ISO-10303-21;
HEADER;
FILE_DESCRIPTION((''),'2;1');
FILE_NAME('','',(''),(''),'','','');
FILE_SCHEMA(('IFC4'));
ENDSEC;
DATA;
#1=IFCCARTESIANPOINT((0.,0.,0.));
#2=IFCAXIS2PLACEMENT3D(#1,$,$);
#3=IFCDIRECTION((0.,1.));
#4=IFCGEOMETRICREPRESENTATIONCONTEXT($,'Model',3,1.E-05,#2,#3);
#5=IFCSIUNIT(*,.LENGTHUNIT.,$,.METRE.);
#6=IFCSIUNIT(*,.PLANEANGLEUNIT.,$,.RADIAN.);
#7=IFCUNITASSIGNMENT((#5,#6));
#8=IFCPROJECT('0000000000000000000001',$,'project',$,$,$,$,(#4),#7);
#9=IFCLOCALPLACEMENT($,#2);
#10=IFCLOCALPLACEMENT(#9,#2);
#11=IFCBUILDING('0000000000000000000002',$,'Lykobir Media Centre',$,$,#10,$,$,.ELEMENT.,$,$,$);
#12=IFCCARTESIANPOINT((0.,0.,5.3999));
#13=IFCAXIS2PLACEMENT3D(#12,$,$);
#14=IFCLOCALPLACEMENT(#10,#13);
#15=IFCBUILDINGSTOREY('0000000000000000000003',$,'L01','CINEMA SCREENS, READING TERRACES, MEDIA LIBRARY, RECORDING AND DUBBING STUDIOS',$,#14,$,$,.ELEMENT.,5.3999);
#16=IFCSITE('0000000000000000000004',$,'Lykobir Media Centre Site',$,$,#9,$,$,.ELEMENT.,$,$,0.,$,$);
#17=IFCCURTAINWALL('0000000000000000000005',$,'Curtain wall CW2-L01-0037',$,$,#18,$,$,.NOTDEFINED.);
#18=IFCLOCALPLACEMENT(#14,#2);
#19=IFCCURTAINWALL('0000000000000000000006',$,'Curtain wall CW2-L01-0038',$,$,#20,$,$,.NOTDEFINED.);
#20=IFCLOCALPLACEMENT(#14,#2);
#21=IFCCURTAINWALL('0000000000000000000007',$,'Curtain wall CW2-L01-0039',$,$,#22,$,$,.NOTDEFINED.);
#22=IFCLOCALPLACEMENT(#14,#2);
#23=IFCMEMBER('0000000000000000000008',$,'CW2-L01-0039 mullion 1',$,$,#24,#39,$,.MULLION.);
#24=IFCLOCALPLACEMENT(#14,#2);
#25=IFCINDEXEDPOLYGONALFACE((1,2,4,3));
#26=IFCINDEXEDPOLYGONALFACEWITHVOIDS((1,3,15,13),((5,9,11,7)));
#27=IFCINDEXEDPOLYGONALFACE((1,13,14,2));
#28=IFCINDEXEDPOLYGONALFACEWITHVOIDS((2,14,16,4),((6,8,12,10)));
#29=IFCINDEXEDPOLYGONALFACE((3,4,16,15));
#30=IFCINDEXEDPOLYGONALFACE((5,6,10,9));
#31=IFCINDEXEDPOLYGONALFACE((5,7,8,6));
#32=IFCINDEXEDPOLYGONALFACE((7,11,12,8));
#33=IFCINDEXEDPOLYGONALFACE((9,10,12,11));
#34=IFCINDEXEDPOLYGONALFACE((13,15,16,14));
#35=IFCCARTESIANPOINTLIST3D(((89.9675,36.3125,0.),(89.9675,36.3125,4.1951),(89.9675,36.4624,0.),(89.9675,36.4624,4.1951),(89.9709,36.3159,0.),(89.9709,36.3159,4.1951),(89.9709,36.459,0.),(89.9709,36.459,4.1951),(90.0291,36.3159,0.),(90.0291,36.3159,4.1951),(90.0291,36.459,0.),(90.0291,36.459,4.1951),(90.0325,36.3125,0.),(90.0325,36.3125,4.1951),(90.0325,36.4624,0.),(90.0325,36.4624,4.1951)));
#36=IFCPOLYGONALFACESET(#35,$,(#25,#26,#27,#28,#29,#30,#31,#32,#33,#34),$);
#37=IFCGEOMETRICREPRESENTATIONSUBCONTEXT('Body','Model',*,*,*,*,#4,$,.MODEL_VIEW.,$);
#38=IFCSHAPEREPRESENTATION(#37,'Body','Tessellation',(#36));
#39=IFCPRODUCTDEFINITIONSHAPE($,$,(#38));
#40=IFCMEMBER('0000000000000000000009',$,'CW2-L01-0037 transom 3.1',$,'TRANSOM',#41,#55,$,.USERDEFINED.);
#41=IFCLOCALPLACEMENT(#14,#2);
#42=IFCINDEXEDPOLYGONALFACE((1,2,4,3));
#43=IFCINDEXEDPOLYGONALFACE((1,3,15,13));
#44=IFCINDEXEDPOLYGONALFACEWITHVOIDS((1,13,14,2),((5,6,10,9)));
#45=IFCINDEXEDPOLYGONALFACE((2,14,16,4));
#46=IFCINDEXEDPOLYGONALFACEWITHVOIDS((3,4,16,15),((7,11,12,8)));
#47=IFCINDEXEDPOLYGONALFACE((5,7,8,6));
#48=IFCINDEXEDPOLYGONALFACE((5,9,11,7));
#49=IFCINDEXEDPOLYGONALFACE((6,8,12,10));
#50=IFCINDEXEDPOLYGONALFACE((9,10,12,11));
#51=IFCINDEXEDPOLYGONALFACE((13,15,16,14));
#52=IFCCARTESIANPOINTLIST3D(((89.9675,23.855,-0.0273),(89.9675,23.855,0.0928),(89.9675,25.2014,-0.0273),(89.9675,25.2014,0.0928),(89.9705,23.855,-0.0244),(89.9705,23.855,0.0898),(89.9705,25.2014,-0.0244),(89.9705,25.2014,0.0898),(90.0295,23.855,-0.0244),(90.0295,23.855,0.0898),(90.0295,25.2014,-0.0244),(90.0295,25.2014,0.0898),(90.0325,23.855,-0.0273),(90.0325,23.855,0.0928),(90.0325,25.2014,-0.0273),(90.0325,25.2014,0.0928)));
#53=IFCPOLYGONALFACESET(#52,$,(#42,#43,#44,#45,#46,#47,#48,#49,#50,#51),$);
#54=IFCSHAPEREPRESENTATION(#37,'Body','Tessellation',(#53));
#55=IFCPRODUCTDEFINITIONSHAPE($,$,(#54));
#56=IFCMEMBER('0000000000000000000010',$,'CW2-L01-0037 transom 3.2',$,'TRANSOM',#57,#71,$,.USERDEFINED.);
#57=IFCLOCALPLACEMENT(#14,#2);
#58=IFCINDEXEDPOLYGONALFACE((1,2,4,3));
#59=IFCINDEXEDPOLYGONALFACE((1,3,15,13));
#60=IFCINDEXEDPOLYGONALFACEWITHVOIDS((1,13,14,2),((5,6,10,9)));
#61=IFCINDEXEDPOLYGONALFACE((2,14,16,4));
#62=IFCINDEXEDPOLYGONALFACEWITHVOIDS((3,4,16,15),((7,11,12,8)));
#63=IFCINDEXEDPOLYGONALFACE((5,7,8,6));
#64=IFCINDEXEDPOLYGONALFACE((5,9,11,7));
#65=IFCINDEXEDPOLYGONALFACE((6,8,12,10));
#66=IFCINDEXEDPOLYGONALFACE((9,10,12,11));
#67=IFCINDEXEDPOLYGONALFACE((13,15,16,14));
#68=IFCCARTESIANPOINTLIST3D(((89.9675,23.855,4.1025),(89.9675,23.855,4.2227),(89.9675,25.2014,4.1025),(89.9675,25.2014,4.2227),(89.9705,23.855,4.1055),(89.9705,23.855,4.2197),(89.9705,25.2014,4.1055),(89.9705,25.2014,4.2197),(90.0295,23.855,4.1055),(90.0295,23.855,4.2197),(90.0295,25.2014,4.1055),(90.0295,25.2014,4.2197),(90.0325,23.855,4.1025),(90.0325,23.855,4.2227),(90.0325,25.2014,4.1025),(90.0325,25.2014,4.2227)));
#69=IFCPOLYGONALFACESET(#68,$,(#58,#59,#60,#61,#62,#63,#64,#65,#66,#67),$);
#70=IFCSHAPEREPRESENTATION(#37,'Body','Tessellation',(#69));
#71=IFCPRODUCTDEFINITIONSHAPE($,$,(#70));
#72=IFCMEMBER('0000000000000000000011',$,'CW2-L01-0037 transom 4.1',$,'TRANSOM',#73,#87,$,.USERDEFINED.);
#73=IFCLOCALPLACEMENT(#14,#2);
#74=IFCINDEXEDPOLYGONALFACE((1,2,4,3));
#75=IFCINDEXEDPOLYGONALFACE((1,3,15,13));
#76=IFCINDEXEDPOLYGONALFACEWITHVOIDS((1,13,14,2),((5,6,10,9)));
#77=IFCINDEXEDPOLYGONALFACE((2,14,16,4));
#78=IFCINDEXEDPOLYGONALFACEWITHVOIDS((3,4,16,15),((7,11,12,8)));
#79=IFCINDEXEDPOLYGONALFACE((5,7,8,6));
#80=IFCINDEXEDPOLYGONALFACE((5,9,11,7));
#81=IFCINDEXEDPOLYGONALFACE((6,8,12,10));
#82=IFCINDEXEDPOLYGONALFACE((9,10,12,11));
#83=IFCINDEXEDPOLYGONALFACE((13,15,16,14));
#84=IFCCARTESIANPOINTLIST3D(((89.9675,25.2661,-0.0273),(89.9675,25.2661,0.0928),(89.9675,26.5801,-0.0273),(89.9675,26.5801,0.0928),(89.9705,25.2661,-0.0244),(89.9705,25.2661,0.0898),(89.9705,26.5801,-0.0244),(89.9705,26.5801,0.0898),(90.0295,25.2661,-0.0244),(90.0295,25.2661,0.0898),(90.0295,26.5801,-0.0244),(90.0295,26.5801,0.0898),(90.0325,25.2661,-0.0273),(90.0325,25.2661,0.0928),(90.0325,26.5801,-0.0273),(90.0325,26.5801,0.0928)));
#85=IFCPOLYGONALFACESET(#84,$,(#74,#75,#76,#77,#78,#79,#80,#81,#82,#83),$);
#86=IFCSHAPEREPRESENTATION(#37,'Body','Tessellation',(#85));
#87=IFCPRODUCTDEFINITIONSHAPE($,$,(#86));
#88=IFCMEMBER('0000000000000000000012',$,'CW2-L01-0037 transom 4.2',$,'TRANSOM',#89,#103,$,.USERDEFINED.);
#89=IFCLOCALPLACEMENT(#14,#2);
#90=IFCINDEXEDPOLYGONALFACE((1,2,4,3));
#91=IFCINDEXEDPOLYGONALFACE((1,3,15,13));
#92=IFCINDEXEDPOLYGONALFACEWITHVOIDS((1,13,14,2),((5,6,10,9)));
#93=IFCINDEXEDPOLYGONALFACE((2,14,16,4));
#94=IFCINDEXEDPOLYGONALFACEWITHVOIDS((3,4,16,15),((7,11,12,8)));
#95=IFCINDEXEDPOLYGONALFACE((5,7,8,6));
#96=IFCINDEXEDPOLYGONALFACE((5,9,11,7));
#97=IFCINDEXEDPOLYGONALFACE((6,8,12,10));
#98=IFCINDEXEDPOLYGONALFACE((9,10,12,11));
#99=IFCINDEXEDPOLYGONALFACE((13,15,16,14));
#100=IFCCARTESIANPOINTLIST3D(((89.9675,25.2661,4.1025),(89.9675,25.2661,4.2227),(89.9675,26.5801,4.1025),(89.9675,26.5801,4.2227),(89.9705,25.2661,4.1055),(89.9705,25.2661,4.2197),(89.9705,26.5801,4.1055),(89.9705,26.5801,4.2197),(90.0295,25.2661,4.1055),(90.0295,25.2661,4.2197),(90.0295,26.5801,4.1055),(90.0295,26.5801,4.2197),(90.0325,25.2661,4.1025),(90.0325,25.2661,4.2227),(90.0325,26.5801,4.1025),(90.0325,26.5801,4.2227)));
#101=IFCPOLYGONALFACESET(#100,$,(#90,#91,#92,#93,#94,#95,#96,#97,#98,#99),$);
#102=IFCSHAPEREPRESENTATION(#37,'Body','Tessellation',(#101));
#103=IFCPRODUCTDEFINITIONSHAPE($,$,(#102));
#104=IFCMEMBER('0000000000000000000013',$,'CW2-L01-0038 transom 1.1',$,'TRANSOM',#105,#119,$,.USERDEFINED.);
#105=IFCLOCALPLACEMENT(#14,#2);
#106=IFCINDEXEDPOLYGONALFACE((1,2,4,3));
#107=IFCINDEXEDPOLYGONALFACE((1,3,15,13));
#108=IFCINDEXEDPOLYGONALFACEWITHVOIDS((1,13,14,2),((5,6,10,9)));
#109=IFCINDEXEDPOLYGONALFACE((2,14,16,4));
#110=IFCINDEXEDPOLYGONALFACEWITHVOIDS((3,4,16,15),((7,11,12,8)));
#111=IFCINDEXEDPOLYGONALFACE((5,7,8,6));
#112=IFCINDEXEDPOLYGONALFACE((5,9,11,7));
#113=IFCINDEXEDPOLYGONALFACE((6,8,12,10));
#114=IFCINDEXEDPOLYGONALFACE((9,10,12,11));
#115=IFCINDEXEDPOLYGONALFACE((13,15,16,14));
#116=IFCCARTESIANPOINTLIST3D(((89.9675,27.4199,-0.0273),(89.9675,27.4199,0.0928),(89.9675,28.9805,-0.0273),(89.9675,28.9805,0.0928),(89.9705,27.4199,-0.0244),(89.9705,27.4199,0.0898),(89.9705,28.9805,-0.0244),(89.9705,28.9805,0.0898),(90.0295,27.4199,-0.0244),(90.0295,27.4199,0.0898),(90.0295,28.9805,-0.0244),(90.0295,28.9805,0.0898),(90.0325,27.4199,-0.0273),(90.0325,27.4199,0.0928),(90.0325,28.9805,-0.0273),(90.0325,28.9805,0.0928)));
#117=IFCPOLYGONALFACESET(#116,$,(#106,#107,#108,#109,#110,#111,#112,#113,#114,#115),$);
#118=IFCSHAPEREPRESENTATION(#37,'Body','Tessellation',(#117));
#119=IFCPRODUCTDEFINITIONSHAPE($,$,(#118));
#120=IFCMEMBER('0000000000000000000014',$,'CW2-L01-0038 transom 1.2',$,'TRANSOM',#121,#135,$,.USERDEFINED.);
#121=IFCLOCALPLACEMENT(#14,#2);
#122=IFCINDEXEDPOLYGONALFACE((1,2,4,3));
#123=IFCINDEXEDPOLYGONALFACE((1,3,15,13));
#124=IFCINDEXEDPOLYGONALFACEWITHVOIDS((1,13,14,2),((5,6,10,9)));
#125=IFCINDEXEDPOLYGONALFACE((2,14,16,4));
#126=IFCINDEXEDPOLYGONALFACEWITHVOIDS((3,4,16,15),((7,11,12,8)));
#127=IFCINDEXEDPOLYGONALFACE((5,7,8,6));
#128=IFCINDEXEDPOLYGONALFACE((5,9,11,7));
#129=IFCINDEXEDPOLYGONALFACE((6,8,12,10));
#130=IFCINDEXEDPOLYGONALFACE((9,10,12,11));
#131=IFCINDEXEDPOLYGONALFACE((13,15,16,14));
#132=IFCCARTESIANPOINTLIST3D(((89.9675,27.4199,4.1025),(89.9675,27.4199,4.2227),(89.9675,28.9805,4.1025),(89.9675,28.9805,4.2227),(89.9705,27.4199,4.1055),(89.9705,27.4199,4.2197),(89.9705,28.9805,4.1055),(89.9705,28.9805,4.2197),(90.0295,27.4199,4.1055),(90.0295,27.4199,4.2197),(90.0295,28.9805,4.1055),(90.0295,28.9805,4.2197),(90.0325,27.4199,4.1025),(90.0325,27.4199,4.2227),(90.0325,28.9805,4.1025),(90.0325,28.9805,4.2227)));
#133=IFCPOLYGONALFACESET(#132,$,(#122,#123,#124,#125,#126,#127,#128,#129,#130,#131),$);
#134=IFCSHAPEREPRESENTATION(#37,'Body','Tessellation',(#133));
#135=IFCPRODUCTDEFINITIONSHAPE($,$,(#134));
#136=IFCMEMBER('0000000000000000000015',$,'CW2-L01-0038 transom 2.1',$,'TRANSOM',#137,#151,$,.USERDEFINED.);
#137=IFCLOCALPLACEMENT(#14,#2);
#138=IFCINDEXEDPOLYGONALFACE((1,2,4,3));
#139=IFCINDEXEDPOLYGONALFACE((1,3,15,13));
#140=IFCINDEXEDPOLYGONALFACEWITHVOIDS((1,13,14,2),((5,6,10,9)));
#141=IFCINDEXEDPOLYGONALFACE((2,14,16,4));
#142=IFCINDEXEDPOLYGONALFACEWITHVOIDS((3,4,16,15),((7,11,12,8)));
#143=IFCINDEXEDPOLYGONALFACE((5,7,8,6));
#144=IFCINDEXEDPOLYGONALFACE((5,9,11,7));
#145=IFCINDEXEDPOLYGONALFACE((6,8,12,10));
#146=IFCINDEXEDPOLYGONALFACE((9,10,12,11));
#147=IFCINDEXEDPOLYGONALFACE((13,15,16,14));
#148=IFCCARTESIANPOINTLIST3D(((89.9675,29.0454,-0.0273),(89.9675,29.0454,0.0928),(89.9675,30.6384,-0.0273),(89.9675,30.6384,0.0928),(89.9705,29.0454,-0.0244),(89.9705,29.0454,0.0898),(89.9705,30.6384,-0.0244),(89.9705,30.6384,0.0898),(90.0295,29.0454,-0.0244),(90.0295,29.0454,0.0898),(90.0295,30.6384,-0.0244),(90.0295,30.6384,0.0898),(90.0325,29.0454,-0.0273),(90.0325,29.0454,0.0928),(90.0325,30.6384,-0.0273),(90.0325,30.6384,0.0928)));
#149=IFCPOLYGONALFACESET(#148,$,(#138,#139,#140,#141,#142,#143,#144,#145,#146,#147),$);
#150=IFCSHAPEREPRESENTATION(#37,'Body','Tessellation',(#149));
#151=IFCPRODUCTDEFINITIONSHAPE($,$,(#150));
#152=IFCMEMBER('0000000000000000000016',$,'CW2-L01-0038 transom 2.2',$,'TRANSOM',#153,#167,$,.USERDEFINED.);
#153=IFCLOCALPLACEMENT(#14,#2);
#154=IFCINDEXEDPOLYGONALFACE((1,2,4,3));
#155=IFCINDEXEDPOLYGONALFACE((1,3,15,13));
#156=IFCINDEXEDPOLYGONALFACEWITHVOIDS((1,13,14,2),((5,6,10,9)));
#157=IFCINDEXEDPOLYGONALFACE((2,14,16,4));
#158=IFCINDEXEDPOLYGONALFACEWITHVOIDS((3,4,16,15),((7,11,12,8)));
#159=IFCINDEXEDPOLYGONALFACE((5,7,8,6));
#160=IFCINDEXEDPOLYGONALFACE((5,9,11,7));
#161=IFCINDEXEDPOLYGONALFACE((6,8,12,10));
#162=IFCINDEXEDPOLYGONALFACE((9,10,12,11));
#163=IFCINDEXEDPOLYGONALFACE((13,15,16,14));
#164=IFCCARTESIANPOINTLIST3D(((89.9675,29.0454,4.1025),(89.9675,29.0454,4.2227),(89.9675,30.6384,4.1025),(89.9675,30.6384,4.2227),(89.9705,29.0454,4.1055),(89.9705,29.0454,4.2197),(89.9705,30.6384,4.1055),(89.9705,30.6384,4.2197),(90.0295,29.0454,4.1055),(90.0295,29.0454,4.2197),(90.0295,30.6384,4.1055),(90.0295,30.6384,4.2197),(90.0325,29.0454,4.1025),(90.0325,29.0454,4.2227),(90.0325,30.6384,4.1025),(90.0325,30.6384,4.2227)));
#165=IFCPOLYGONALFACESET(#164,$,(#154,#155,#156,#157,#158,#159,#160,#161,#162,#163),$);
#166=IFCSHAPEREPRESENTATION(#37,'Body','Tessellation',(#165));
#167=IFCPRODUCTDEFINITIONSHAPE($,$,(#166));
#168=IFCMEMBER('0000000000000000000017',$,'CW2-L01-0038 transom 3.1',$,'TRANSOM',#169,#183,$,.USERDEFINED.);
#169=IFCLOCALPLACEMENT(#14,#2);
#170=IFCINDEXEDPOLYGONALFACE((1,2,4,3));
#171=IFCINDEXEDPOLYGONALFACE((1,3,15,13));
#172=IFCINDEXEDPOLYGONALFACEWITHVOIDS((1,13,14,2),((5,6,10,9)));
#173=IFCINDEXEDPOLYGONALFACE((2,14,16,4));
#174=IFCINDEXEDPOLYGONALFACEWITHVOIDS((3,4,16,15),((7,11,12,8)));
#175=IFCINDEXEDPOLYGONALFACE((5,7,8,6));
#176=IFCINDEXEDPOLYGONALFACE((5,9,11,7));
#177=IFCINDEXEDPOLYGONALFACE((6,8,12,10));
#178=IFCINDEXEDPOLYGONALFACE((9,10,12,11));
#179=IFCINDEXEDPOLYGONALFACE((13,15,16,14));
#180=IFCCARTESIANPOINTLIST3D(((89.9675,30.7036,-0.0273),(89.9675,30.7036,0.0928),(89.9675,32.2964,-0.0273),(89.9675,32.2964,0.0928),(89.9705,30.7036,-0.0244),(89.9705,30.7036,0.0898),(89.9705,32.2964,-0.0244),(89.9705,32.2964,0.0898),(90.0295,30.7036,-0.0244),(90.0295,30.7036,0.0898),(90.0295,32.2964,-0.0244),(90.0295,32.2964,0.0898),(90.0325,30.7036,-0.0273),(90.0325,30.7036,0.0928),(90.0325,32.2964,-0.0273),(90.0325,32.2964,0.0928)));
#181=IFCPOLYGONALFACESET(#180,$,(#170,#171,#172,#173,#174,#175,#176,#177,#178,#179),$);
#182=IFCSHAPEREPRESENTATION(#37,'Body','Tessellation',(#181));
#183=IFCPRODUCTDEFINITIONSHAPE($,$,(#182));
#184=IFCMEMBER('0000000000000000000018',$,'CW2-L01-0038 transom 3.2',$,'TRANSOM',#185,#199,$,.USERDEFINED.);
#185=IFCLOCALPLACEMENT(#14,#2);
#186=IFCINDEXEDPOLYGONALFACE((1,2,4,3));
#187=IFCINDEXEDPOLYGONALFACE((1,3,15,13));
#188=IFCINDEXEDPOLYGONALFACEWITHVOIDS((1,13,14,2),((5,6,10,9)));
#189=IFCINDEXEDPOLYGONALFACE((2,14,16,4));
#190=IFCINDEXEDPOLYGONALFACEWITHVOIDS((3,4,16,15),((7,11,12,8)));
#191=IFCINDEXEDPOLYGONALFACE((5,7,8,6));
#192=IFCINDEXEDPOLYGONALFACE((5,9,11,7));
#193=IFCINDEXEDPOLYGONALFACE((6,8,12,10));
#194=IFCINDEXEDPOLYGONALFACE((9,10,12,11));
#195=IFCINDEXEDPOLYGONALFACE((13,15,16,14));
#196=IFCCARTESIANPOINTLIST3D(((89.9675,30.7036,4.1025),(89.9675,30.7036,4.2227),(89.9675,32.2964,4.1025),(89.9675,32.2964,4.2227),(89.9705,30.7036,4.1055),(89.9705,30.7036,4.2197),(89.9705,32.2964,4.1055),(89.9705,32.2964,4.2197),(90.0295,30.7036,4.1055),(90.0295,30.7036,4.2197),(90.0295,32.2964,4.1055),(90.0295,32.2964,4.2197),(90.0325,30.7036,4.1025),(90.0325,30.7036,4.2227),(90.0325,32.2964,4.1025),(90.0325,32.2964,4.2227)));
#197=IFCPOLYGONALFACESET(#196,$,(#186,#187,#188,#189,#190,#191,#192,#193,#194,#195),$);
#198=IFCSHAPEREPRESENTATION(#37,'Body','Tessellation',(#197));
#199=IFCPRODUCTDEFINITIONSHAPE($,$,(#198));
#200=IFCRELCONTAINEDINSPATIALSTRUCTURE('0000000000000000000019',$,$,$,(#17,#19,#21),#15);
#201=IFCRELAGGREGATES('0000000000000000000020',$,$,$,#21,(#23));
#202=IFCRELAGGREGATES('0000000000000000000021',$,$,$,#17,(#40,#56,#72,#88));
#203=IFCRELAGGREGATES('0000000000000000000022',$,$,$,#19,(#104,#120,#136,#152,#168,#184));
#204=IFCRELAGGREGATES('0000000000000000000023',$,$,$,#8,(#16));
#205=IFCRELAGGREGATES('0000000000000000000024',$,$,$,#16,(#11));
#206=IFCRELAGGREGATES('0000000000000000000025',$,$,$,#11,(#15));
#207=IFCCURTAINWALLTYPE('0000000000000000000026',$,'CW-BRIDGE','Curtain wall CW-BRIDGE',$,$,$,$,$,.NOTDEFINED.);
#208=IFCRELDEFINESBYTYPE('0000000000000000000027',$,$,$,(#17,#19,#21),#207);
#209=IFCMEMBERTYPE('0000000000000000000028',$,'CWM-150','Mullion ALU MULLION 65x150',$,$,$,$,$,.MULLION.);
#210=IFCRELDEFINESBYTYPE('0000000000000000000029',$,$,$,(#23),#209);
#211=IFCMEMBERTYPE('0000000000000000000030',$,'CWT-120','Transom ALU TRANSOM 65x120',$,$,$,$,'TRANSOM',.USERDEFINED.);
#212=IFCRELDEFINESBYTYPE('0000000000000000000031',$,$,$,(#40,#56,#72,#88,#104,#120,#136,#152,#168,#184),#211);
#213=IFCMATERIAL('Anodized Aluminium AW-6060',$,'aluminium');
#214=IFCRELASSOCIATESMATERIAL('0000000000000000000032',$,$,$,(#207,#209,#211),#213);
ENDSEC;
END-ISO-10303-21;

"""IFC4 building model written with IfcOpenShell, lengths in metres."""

from ifc_helpers import new_model, si_unit, direction, frame, origin, origin_2d, place, context, subcontext, project, spatial, hollow_rectangle, extrude, material, material_profile, profile_set, type_object, element, aggregate, save


model = new_model("IFC4")

# Units and contexts
model_context = context("Model", 3, precision=1e-05, world=origin(), true_north=direction((0.0, 1.0)))
body_context = subcontext(model_context, "Body", "Model", "MODEL_VIEW")
ifc_project = project(units=[si_unit("LENGTHUNIT", "METRE"), si_unit("PLANEANGLEUNIT", "RADIAN")], contexts=[model_context])

# Site, building, storey
site_placement = place(None, origin())
site = spatial("IfcSite", under=ifc_project, at=site_placement, Name="Lykobir Media Centre Site", CompositionType="ELEMENT", RefElevation=0.0)
building_placement = place(site_placement, origin())
building = spatial("IfcBuilding", under=site, at=building_placement, Name="Lykobir Media Centre", CompositionType="ELEMENT")
storey_placement = place(building_placement, frame((0.0, 0.0, 5.3999)))
storey = spatial("IfcBuildingStorey", under=building, at=storey_placement, Name="L01", Description="CINEMA SCREENS, READING TERRACES, MEDIA LIBRARY, RECORDING AND DUBBING STUDIOS", CompositionType="ELEMENT", Elevation=5.3999)

# Curtain walls
ifc_material_1 = material(Name="Anodized Aluminium AW-6060", Category="aluminium")
curtain_wall_type = type_object("IfcCurtainWallType", Name="CW-BRIDGE", Description="Curtain wall CW-BRIDGE", PredefinedType="NOTDEFINED", material=ifc_material_1)
curtain_wall_1_placement = place(storey_placement, origin())
curtain_wall_1 = element("IfcCurtainWall", 1, at=curtain_wall_1_placement, inside=storey, type_object=curtain_wall_type, Name="Curtain wall CW2-L01-0037", PredefinedType="NOTDEFINED")
ifc_material_profile_1 = material_profile(ifc_material_1, hollow_rectangle(XDim=0.0649, YDim=0.1499, WallThickness=0.0034, at=origin_2d()), Name="ALU MULLION 65x150")
ifc_profile_set_1 = profile_set([ifc_material_profile_1], Name="Anodized Aluminium AW-6060")
member_type_1 = type_object("IfcMemberType", Name="CWM-150", Description="Mullion ALU MULLION 65x150", PredefinedType="MULLION", material=ifc_profile_set_1)
curtain_wall_2_placement = place(storey_placement, origin())
curtain_wall_2 = element("IfcCurtainWall", 2, at=curtain_wall_2_placement, inside=storey, type_object=curtain_wall_type, Name="Curtain wall CW2-L01-0038", PredefinedType="NOTDEFINED")

# Curtain wall, member
curtain_wall_3_placement = place(storey_placement, origin())
curtain_wall_3 = element("IfcCurtainWall", 3, at=curtain_wall_3_placement, inside=storey, type_object=curtain_wall_type, Name="Curtain wall CW2-L01-0039", PredefinedType="NOTDEFINED")
member_1_placement = place(storey_placement, frame((90.0, 36.3875, 0.0), z_axis=(0.0, 0.0, 1.0), x_axis=(-1.0, 0.0, 0.0)))
member_1 = element("IfcMember", 4, at=member_1_placement, type_object=member_type_1, Name="CW2-L01-0039 mullion 1", PredefinedType="MULLION", context=body_context, shape_type="SweptSolid", body=[
    extrude(hollow_rectangle(XDim=0.0649, YDim=0.1499, WallThickness=0.0034, at=origin_2d()), origin(), (0.0, 0.0, 1.0), 4.1951),
])

# Members
ifc_material_profile_2 = material_profile(ifc_material_1, hollow_rectangle(XDim=0.0649, YDim=0.1201, WallThickness=0.0029, at=origin_2d()), Name="ALU TRANSOM 65x120")
ifc_profile_set_2 = profile_set([ifc_material_profile_2], Name="Anodized Aluminium AW-6060")
member_type_2 = type_object("IfcMemberType", Name="CWT-120", Description="Transom ALU TRANSOM 65x120", ElementType="TRANSOM", PredefinedType="USERDEFINED", material=ifc_profile_set_2)
member_2_placement = place(storey_placement, frame((90.0, 23.855, 0.0327), z_axis=(0.0, 1.0, 0.0), x_axis=(-1.0, 0.0, 0.0)))
member_2 = element("IfcMember", 5, at=member_2_placement, type_object=member_type_2, Name="CW2-L01-0037 transom 3.1", ObjectType="TRANSOM", PredefinedType="USERDEFINED", context=body_context, shape_type="SweptSolid", body=[
    extrude(hollow_rectangle(XDim=0.0649, YDim=0.1201, WallThickness=0.0029, at=origin_2d()), origin(), (0.0, 0.0, 1.0), 1.3464),
])
member_3_placement = place(storey_placement, frame((90.0, 23.855, 4.1626), z_axis=(0.0, 1.0, 0.0), x_axis=(-1.0, 0.0, 0.0)))
member_3 = element("IfcMember", 6, at=member_3_placement, type_object=member_type_2, Name="CW2-L01-0037 transom 3.2", ObjectType="TRANSOM", PredefinedType="USERDEFINED", context=body_context, shape_type="SweptSolid", body=[
    extrude(hollow_rectangle(XDim=0.0649, YDim=0.1201, WallThickness=0.0029, at=origin_2d()), origin(), (0.0, 0.0, 1.0), 1.3464),
])
member_4_placement = place(storey_placement, frame((90.0, 25.2661, 0.0327), z_axis=(0.0, 1.0, 0.0), x_axis=(-1.0, 0.0, 0.0)))
member_4 = element("IfcMember", 7, at=member_4_placement, type_object=member_type_2, Name="CW2-L01-0037 transom 4.1", ObjectType="TRANSOM", PredefinedType="USERDEFINED", context=body_context, shape_type="SweptSolid", body=[
    extrude(hollow_rectangle(XDim=0.0649, YDim=0.1201, WallThickness=0.0029, at=origin_2d()), origin(), (0.0, 0.0, 1.0), 1.314),
])
member_5_placement = place(storey_placement, frame((90.0, 25.2661, 4.1626), z_axis=(0.0, 1.0, 0.0), x_axis=(-1.0, 0.0, 0.0)))
member_5 = element("IfcMember", 8, at=member_5_placement, type_object=member_type_2, Name="CW2-L01-0037 transom 4.2", ObjectType="TRANSOM", PredefinedType="USERDEFINED", context=body_context, shape_type="SweptSolid", body=[
    extrude(hollow_rectangle(XDim=0.0649, YDim=0.1201, WallThickness=0.0029, at=origin_2d()), origin(), (0.0, 0.0, 1.0), 1.314),
])
member_6_placement = place(storey_placement, frame((90.0, 27.4199, 0.0327), z_axis=(0.0, 1.0, 0.0), x_axis=(-1.0, 0.0, 0.0)))
member_6 = element("IfcMember", 9, at=member_6_placement, type_object=member_type_2, Name="CW2-L01-0038 transom 1.1", ObjectType="TRANSOM", PredefinedType="USERDEFINED", context=body_context, shape_type="SweptSolid", body=[
    extrude(hollow_rectangle(XDim=0.0649, YDim=0.1201, WallThickness=0.0029, at=origin_2d()), origin(), (0.0, 0.0, 1.0), 1.5605),
])
member_7_placement = place(storey_placement, frame((90.0, 27.4199, 4.1626), z_axis=(0.0, 1.0, 0.0), x_axis=(-1.0, 0.0, 0.0)))
member_7 = element("IfcMember", 10, at=member_7_placement, type_object=member_type_2, Name="CW2-L01-0038 transom 1.2", ObjectType="TRANSOM", PredefinedType="USERDEFINED", context=body_context, shape_type="SweptSolid", body=[
    extrude(hollow_rectangle(XDim=0.0649, YDim=0.1201, WallThickness=0.0029, at=origin_2d()), origin(), (0.0, 0.0, 1.0), 1.5605),
])
member_8_placement = place(storey_placement, frame((90.0, 29.0454, 0.0327), z_axis=(0.0, 1.0, 0.0), x_axis=(-1.0, 0.0, 0.0)))
member_8 = element("IfcMember", 11, at=member_8_placement, type_object=member_type_2, Name="CW2-L01-0038 transom 2.1", ObjectType="TRANSOM", PredefinedType="USERDEFINED", context=body_context, shape_type="SweptSolid", body=[
    extrude(hollow_rectangle(XDim=0.0649, YDim=0.1201, WallThickness=0.0029, at=origin_2d()), origin(), (0.0, 0.0, 1.0), 1.593),
])
member_9_placement = place(storey_placement, frame((90.0, 29.0454, 4.1626), z_axis=(0.0, 1.0, 0.0), x_axis=(-1.0, 0.0, 0.0)))
member_9 = element("IfcMember", 12, at=member_9_placement, type_object=member_type_2, Name="CW2-L01-0038 transom 2.2", ObjectType="TRANSOM", PredefinedType="USERDEFINED", context=body_context, shape_type="SweptSolid", body=[
    extrude(hollow_rectangle(XDim=0.0649, YDim=0.1201, WallThickness=0.0029, at=origin_2d()), origin(), (0.0, 0.0, 1.0), 1.593),
])
member_10_placement = place(storey_placement, frame((90.0, 30.7036, 0.0327), z_axis=(0.0, 1.0, 0.0), x_axis=(-1.0, 0.0, 0.0)))
member_10 = element("IfcMember", 13, at=member_10_placement, type_object=member_type_2, Name="CW2-L01-0038 transom 3.1", ObjectType="TRANSOM", PredefinedType="USERDEFINED", context=body_context, shape_type="SweptSolid", body=[
    extrude(hollow_rectangle(XDim=0.0649, YDim=0.1201, WallThickness=0.0029, at=origin_2d()), origin(), (0.0, 0.0, 1.0), 1.5928),
])
member_11_placement = place(storey_placement, frame((90.0, 30.7036, 4.1626), z_axis=(0.0, 1.0, 0.0), x_axis=(-1.0, 0.0, 0.0)))
member_11 = element("IfcMember", 14, at=member_11_placement, type_object=member_type_2, Name="CW2-L01-0038 transom 3.2", ObjectType="TRANSOM", PredefinedType="USERDEFINED", context=body_context, shape_type="SweptSolid", body=[
    extrude(hollow_rectangle(XDim=0.0649, YDim=0.1201, WallThickness=0.0029, at=origin_2d()), origin(), (0.0, 0.0, 1.0), 1.5928),
])
aggregate(curtain_wall_3, [member_1])

aggregate(curtain_wall_1, [member_2, member_3, member_4, member_5])
aggregate(curtain_wall_2, [member_6, member_7, member_8, member_9, member_10, member_11])

save(model, "model.ifc")
